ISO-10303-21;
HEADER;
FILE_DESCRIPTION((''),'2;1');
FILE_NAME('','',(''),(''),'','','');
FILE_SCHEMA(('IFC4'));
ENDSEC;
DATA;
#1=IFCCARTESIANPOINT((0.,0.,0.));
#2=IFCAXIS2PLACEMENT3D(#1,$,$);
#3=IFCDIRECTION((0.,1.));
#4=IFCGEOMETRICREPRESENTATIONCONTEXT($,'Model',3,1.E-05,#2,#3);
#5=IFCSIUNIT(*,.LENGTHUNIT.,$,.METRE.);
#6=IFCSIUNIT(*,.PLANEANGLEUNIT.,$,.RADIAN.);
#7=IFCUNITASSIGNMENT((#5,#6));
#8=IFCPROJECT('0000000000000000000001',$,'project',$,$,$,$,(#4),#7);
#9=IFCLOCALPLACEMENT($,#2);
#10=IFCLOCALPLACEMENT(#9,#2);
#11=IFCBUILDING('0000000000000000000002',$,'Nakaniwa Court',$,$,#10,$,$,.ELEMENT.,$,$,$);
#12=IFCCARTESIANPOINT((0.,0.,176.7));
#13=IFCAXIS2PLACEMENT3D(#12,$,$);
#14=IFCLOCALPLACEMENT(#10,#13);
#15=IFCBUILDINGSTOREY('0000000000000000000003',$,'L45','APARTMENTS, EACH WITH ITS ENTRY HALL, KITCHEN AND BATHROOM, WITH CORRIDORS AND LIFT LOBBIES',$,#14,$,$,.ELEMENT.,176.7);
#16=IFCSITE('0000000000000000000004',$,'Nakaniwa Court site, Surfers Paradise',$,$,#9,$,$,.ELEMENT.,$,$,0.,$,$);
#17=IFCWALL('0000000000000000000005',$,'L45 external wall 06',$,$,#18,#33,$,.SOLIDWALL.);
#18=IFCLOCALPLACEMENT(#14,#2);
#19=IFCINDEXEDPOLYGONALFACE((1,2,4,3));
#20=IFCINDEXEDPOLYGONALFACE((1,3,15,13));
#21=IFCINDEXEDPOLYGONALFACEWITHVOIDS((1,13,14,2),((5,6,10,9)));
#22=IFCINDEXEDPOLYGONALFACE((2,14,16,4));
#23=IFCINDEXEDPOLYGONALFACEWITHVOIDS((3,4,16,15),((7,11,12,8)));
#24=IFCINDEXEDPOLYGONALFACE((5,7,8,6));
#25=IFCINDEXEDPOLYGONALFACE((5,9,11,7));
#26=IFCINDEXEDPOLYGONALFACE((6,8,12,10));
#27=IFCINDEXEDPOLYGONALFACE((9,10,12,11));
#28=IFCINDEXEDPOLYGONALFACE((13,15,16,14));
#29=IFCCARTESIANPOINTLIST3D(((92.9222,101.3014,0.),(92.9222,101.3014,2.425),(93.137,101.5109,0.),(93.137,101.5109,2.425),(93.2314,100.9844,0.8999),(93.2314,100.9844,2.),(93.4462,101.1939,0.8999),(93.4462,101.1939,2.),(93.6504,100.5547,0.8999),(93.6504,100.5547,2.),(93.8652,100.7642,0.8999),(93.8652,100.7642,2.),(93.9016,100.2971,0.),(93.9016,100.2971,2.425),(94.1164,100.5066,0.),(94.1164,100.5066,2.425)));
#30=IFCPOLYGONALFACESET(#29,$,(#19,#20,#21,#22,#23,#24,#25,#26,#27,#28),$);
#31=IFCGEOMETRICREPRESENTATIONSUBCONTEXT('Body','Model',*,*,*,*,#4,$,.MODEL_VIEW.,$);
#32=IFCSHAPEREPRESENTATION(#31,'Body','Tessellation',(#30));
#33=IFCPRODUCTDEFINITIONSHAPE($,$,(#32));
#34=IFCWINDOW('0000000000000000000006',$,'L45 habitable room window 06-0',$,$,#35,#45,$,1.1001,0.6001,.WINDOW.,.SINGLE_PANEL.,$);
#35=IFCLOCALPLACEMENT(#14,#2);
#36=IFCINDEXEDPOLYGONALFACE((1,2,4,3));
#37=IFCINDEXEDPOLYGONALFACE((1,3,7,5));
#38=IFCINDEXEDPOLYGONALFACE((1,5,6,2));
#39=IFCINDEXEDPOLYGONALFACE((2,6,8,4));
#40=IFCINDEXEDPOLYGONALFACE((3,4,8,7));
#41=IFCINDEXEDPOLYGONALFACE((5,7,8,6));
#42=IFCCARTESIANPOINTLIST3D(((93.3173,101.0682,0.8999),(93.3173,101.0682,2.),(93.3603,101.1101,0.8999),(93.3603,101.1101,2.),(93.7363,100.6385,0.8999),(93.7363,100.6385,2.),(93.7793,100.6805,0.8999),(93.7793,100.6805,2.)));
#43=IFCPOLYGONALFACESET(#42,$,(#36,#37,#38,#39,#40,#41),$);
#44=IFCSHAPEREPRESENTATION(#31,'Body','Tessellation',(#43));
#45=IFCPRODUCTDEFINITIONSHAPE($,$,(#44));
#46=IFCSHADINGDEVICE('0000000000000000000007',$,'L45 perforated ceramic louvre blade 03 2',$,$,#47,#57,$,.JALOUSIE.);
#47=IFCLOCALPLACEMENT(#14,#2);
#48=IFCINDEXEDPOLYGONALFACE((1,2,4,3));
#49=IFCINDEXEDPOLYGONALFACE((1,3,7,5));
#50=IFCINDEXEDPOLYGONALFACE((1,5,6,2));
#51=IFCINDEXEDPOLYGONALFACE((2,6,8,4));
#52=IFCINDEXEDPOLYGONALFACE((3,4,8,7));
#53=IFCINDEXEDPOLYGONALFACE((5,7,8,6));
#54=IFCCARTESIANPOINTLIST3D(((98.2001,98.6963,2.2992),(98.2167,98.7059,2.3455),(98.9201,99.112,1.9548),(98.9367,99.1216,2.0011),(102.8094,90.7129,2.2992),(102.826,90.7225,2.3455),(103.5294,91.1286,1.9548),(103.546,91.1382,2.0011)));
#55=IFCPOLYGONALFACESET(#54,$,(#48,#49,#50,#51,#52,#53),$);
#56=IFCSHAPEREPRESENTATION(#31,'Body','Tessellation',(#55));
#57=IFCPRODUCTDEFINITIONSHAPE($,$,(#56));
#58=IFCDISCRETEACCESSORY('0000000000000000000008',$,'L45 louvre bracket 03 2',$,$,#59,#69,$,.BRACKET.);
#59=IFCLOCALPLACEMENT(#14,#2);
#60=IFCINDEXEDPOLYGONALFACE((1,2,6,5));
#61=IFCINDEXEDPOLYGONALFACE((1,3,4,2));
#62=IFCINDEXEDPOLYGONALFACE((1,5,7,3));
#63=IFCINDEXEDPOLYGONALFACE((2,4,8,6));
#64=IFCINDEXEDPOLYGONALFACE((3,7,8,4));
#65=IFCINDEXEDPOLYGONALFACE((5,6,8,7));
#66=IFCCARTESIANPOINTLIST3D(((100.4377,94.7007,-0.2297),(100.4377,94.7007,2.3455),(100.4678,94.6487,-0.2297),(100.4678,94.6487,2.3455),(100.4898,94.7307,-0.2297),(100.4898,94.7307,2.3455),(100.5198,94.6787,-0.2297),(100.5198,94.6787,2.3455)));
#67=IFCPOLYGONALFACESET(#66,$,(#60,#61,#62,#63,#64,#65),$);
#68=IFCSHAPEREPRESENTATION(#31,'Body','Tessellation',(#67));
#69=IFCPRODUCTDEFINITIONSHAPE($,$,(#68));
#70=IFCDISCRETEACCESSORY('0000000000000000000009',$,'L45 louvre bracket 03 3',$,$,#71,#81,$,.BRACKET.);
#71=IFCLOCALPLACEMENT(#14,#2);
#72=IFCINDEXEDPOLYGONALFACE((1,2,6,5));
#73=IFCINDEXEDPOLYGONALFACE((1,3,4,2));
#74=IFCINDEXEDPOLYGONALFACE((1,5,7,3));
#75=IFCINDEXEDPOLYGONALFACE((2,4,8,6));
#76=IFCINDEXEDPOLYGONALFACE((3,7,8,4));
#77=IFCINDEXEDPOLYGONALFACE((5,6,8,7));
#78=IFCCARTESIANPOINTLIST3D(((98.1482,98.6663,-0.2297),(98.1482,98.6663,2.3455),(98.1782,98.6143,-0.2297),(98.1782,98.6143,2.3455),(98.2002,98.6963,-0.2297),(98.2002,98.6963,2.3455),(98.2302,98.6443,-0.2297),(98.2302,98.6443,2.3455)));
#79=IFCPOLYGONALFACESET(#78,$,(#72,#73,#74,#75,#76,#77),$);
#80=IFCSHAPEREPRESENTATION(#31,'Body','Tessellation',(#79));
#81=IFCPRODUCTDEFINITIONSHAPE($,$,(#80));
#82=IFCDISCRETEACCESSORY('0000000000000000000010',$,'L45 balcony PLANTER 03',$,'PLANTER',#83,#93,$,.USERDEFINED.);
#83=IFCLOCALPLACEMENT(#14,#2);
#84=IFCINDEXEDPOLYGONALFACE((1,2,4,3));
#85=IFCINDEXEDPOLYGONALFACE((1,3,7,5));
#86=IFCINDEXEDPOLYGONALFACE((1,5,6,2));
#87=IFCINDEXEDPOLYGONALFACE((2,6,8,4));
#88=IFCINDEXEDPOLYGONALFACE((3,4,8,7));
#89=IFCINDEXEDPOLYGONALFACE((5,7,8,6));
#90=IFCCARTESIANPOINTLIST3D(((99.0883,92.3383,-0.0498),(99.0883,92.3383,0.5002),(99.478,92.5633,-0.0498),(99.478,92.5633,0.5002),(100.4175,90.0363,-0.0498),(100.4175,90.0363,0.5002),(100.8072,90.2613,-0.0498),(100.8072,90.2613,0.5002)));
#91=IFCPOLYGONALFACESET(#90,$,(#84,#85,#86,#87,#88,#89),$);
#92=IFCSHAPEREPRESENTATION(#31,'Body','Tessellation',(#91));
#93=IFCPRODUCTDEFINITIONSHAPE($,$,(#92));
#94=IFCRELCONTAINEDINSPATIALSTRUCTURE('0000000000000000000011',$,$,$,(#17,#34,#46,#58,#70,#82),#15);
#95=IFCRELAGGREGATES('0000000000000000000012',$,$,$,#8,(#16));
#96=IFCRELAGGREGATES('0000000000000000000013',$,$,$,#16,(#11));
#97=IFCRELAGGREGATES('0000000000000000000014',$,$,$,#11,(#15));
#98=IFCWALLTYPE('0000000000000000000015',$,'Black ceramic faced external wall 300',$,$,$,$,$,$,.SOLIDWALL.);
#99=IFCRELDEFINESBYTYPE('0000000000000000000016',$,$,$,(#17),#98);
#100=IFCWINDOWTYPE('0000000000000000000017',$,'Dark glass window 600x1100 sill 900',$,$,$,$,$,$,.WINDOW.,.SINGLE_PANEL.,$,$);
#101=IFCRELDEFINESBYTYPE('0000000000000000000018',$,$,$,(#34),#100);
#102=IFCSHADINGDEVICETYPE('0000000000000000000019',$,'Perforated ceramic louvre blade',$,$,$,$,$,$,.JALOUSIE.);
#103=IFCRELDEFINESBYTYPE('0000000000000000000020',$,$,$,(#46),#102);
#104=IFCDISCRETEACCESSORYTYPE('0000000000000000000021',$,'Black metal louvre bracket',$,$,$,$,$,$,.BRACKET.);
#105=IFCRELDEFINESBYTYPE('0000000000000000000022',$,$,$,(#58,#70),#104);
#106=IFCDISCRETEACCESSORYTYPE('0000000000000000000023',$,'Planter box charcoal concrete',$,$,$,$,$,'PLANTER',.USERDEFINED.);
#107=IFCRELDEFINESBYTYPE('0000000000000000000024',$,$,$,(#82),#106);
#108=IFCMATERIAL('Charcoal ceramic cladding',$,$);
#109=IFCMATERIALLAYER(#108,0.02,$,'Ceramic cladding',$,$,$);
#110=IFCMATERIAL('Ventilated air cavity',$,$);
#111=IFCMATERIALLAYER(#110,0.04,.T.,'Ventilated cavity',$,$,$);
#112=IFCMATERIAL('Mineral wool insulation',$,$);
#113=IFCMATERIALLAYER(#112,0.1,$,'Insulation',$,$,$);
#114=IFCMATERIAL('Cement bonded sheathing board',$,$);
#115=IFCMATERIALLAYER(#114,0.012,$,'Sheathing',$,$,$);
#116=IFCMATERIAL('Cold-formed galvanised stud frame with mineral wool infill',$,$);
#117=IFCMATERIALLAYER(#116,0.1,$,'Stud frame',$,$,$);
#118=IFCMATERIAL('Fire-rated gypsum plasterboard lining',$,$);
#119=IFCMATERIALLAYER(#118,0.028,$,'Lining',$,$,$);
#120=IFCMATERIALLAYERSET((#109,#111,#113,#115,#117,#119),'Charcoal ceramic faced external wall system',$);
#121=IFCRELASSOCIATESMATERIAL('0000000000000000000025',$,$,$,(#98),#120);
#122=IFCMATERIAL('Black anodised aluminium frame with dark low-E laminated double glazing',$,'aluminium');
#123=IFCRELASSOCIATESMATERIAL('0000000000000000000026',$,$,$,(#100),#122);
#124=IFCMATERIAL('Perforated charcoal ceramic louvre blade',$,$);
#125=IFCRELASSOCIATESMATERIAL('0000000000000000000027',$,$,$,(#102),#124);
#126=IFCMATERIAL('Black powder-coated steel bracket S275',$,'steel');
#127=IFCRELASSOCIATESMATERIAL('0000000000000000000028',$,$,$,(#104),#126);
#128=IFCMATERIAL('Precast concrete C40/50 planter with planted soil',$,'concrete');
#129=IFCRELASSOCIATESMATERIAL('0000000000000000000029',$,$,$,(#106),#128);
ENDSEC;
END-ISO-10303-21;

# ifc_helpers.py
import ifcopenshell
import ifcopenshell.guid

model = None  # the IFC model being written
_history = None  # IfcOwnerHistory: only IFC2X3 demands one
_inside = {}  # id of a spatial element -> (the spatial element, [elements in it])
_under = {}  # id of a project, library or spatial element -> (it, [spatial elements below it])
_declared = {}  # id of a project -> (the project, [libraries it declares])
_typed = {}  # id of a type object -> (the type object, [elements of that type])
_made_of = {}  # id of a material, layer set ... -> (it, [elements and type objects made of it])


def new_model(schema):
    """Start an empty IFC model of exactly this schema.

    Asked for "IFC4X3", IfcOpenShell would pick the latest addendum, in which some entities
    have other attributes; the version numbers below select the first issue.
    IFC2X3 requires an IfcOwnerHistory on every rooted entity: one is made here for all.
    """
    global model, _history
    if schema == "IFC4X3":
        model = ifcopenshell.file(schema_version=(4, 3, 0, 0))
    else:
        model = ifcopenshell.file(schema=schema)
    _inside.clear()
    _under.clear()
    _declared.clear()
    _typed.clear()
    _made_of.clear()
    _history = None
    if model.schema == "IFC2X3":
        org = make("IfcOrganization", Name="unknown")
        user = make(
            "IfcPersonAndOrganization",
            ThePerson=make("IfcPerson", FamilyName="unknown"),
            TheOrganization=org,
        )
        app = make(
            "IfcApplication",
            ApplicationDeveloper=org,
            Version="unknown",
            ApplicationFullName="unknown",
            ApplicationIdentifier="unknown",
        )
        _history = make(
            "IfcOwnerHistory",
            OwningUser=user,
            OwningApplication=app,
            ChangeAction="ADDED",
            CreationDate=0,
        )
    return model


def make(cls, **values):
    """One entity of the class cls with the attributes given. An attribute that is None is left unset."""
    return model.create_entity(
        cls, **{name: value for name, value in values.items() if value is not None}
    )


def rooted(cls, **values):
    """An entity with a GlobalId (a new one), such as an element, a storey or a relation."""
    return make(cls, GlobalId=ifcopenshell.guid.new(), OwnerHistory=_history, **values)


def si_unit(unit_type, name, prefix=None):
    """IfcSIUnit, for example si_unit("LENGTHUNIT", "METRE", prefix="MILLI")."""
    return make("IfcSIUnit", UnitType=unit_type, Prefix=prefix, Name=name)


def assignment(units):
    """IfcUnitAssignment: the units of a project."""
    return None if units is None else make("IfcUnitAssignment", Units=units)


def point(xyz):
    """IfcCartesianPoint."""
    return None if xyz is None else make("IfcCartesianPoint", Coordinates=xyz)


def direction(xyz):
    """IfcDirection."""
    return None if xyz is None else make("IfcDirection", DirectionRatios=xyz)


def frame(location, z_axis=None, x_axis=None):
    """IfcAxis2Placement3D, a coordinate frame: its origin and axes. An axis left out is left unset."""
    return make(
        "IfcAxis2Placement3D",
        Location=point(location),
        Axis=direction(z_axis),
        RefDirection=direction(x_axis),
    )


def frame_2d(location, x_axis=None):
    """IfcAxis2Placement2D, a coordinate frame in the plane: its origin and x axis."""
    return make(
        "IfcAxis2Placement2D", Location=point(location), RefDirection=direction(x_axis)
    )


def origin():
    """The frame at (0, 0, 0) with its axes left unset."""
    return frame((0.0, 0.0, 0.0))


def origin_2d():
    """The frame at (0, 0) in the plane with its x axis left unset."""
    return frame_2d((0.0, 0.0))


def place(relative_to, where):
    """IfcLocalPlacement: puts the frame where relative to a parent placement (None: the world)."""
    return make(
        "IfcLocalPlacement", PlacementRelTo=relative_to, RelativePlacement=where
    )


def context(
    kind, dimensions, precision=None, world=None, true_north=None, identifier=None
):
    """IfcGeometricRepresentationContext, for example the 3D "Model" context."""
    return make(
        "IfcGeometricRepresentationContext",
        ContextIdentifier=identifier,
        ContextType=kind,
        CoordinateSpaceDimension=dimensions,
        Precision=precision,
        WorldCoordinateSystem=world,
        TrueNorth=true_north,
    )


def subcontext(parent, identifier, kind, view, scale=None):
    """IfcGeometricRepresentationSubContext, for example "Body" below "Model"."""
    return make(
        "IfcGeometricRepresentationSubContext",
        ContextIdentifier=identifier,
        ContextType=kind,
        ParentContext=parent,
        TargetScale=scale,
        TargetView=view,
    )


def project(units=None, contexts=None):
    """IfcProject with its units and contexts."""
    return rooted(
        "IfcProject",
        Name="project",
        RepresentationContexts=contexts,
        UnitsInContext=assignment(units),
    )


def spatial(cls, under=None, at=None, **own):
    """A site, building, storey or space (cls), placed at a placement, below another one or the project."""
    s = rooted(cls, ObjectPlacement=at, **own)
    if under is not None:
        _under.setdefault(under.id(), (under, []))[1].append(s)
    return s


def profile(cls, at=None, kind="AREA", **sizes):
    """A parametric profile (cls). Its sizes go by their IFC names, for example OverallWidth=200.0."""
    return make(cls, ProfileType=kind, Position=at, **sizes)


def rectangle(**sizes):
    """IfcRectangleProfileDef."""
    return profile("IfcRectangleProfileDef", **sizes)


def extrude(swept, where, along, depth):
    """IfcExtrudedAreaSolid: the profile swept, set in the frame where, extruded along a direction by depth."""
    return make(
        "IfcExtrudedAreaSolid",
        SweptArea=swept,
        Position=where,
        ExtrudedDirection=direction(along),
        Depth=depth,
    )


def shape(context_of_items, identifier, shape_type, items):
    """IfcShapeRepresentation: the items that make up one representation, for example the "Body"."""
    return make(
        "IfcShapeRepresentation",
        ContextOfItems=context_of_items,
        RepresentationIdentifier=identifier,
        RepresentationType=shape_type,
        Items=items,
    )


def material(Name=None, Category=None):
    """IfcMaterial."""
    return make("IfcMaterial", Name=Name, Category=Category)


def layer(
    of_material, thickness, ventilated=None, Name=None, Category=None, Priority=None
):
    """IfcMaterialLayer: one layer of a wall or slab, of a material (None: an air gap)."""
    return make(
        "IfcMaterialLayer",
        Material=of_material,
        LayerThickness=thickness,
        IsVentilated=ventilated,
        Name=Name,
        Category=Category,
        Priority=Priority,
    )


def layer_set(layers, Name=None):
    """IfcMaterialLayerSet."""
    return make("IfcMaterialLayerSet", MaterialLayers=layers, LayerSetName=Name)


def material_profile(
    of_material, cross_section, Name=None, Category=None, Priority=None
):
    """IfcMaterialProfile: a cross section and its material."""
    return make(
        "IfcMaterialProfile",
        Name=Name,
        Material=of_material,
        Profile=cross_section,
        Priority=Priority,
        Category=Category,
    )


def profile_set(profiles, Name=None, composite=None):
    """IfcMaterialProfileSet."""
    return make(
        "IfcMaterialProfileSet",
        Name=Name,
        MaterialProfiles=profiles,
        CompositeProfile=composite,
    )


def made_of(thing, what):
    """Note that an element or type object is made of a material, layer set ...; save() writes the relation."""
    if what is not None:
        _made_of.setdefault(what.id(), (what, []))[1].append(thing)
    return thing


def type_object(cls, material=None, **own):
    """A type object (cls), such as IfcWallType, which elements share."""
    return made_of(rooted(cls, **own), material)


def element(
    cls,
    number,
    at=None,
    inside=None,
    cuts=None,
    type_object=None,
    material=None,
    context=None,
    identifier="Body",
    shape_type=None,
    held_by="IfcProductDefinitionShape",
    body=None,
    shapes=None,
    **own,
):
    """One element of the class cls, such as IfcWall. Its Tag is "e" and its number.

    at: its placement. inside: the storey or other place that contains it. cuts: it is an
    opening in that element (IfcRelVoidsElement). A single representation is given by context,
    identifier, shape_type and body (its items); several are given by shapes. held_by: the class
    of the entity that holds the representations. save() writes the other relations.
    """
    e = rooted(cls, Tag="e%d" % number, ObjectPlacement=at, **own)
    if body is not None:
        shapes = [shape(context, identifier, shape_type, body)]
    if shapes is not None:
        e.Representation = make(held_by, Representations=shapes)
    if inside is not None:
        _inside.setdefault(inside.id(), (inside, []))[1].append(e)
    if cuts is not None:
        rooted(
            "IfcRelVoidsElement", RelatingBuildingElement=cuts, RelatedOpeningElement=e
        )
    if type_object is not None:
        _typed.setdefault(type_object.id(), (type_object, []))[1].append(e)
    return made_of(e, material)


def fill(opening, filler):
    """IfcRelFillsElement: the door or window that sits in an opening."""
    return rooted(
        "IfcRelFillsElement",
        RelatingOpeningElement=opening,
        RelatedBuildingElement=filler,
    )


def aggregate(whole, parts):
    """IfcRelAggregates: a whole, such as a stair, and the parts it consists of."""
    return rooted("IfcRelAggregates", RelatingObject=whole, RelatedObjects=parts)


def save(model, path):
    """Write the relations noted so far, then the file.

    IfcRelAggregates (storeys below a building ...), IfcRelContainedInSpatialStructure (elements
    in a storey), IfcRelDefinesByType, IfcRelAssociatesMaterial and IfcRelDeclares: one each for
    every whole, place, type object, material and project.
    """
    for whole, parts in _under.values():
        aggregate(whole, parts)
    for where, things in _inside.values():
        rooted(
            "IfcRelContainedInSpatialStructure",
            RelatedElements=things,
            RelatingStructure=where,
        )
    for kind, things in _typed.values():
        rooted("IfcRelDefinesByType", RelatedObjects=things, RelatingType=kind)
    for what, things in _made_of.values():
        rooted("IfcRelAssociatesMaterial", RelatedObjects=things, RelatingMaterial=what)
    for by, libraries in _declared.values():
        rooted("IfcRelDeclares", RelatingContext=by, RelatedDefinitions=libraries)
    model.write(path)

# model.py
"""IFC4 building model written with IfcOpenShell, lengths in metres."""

from ifc_helpers import new_model, si_unit, direction, frame, frame_2d, origin, origin_2d, place, context, subcontext, project, spatial, rectangle, extrude, material, layer, layer_set, material_profile, profile_set, type_object, element, fill, save


model = new_model("IFC4")

# Units and contexts
model_context = context("Model", 3, precision=1e-05, world=origin(), true_north=direction((0.0, 1.0)))
body_context = subcontext(model_context, "Body", "Model", "MODEL_VIEW")
ifc_project = project(units=[si_unit("LENGTHUNIT", "METRE"), si_unit("PLANEANGLEUNIT", "RADIAN")], contexts=[model_context])

# Site, building, storey
site_placement = place(None, origin())
site = spatial("IfcSite", under=ifc_project, at=site_placement, Name="Nakaniwa Court site, Surfers Paradise", CompositionType="ELEMENT", RefElevation=0.0)
building_placement = place(site_placement, origin())
building = spatial("IfcBuilding", under=site, at=building_placement, Name="Nakaniwa Court", CompositionType="ELEMENT")
storey_placement = place(building_placement, frame((0.0, 0.0, 176.7)))
storey = spatial("IfcBuildingStorey", under=building, at=storey_placement, Name="L45", Description="APARTMENTS, EACH WITH ITS ENTRY HALL, KITCHEN AND BATHROOM, WITH CORRIDORS AND LIFT LOBBIES", CompositionType="ELEMENT", Elevation=176.7)

# Shared definitions
ifc_material_1 = material(Name="Charcoal ceramic cladding")
ifc_layer_1 = layer(ifc_material_1, 0.02, Name="Ceramic cladding")
ifc_material_2 = material(Name="Ventilated air cavity")
ifc_layer_2 = layer(ifc_material_2, 0.04, ventilated=True, Name="Ventilated cavity")
ifc_material_3 = material(Name="Mineral wool insulation")
ifc_layer_3 = layer(ifc_material_3, 0.1, Name="Insulation")
ifc_material_4 = material(Name="Cement bonded sheathing board")
ifc_layer_4 = layer(ifc_material_4, 0.012, Name="Sheathing")
ifc_material_5 = material(Name="Cold-formed galvanised stud frame with mineral wool infill")
ifc_layer_5 = layer(ifc_material_5, 0.1, Name="Stud frame")
ifc_material_6 = material(Name="Fire-rated gypsum plasterboard lining")
ifc_layer_6 = layer(ifc_material_6, 0.028, Name="Lining")
ifc_layer_set = layer_set([ifc_layer_1, ifc_layer_2, ifc_layer_3, ifc_layer_4, ifc_layer_5, ifc_layer_6], Name="Charcoal ceramic faced external wall system")
wall_type = type_object("IfcWallType", Name="Black ceramic faced external wall 300", PredefinedType="SOLIDWALL", material=ifc_layer_set)

# Shared definitions
ifc_material_7 = material(Name="Black anodised aluminium frame with dark low-E laminated double glazing", Category="aluminium")

# Wall, opening, window
wall_1_placement = place(storey_placement, frame((94.009, 100.4019, 0.0), z_axis=(0.0, 0.0, 1.0), x_axis=(-0.698176, 0.715926, 0.0)))
wall_1 = element("IfcWall", 1, at=wall_1_placement, inside=storey, type_object=wall_type, Name="L45 external wall 06", PredefinedType="SOLIDWALL", context=body_context, shape_type="SweptSolid", body=[
    extrude(rectangle(XDim=1.4028, YDim=0.3, at=frame_2d((0.7014, 0.0))), origin(), (0.0, 0.0, 1.0), 2.425),
])
opening_1_placement = place(wall_1_placement, frame((0.3599, 0.0, 0.8999)))
opening_1 = element("IfcOpeningElement", 2, at=opening_1_placement, cuts=wall_1, PredefinedType="OPENING", context=body_context, shape_type="SweptSolid", body=[
    extrude(rectangle(XDim=0.6001, YDim=1.1001, at=frame_2d((0.3, 0.55))), frame((0.0, 0.1599, 0.0), z_axis=(0.0, -1.0, 0.0), x_axis=(1.0, 0.0, 0.0)), (0.0, 0.0, 1.0), 0.3201),
])
window_type_1 = type_object("IfcWindowType", Name="Dark glass window 600x1100 sill 900", PartitioningType="SINGLE_PANEL", PredefinedType="WINDOW", material=ifc_material_7)
window_1_placement = place(opening_1_placement, origin())
window_1 = element("IfcWindow", 3, at=window_1_placement, inside=storey, type_object=window_type_1, Name="L45 habitable room window 06-0", OverallHeight=1.1001, OverallWidth=0.6001, PartitioningType="SINGLE_PANEL", PredefinedType="WINDOW", context=body_context, shape_type="SweptSolid", body=[
    extrude(rectangle(XDim=0.6001, YDim=1.1001, at=frame_2d((0.3, 0.55))), frame((0.0, 0.03, 0.0), z_axis=(0.0, -1.0, 0.0), x_axis=(1.0, 0.0, 0.0)), (0.0, 0.0, 1.0), 0.0601),
])
fill(opening_1, window_1)

# Shading device
ifc_material_8 = material(Name="Perforated charcoal ceramic louvre blade")
ifc_material_profile_1 = material_profile(ifc_material_8, rectangle(XDim=0.8999, YDim=0.05, at=origin_2d()), Name="Perforated ceramic louvre blade")
ifc_profile_set_1 = profile_set([ifc_material_profile_1], Name="Perforated charcoal ceramic louvre blade")
shading_device_type = type_object("IfcShadingDeviceType", Name="Perforated ceramic louvre blade", PredefinedType="JALOUSIE", material=ifc_profile_set_1)
shading_device_placement = place(storey_placement, frame((103.1777, 90.9255, 2.1501), z_axis=(-0.500013, 0.866018, 0.0), x_axis=(-0.800096, -0.461952, 0.382683)))
element("IfcShadingDevice", 4, at=shading_device_placement, inside=storey, type_object=shading_device_type, Name="L45 perforated ceramic louvre blade 03 2", PredefinedType="JALOUSIE", context=body_context, shape_type="SweptSolid", body=[
    extrude(rectangle(XDim=0.8999, YDim=0.05, at=origin_2d()), origin(), (0.0, 0.0, 1.0), 9.2185),
])

# Discrete accessories
ifc_material_9 = material(Name="Black powder-coated steel bracket S275", Category="steel")
discrete_accessory_type_1 = type_object("IfcDiscreteAccessoryType", Name="Black metal louvre bracket", PredefinedType="BRACKET", material=ifc_material_9)
for number, where, z_axis, x_axis, name in (
    (5, (100.4788, 94.6897, -0.2297), (0.0, 0.0, 1.0), (-0.500017, 0.866016, 0.0), "L45 louvre bracket 03 2"),
    (6, (98.1892, 98.6553, -0.2297), (0.0, 0.0, 1.0), (-0.500017, 0.866016, 0.0), "L45 louvre bracket 03 3"),
):
    element("IfcDiscreteAccessory", number, at=place(storey_placement, frame(where, z_axis=z_axis, x_axis=x_axis)), inside=storey, type_object=discrete_accessory_type_1, Name=name, PredefinedType="BRACKET", context=body_context, shape_type="SweptSolid", body=[
        extrude(rectangle(XDim=0.0601, YDim=0.0601, at=origin_2d()), origin(), (0.0, 0.0, 1.0), 2.5752),
    ])
ifc_material_10 = material(Name="Precast concrete C40/50 planter with planted soil", Category="concrete")
discrete_accessory_type_2 = type_object("IfcDiscreteAccessoryType", Name="Planter box charcoal concrete", ElementType="PLANTER", PredefinedType="USERDEFINED", material=ifc_material_10)
discrete_accessory_placement = place(storey_placement, frame((99.9478, 91.2998, -0.0498), z_axis=(0.0, 0.0, 1.0), x_axis=(-0.500017, 0.866016, 0.0)))
element("IfcDiscreteAccessory", 7, at=discrete_accessory_placement, inside=storey, type_object=discrete_accessory_type_2, Name="L45 balcony PLANTER 03", ObjectType="PLANTER", PredefinedType="USERDEFINED", context=body_context, shape_type="SweptSolid", body=[
    extrude(rectangle(XDim=2.6582, YDim=0.45, at=origin_2d()), origin(), (0.0, 0.0, 1.0), 0.55),
])

save(model, "model.ifc")
